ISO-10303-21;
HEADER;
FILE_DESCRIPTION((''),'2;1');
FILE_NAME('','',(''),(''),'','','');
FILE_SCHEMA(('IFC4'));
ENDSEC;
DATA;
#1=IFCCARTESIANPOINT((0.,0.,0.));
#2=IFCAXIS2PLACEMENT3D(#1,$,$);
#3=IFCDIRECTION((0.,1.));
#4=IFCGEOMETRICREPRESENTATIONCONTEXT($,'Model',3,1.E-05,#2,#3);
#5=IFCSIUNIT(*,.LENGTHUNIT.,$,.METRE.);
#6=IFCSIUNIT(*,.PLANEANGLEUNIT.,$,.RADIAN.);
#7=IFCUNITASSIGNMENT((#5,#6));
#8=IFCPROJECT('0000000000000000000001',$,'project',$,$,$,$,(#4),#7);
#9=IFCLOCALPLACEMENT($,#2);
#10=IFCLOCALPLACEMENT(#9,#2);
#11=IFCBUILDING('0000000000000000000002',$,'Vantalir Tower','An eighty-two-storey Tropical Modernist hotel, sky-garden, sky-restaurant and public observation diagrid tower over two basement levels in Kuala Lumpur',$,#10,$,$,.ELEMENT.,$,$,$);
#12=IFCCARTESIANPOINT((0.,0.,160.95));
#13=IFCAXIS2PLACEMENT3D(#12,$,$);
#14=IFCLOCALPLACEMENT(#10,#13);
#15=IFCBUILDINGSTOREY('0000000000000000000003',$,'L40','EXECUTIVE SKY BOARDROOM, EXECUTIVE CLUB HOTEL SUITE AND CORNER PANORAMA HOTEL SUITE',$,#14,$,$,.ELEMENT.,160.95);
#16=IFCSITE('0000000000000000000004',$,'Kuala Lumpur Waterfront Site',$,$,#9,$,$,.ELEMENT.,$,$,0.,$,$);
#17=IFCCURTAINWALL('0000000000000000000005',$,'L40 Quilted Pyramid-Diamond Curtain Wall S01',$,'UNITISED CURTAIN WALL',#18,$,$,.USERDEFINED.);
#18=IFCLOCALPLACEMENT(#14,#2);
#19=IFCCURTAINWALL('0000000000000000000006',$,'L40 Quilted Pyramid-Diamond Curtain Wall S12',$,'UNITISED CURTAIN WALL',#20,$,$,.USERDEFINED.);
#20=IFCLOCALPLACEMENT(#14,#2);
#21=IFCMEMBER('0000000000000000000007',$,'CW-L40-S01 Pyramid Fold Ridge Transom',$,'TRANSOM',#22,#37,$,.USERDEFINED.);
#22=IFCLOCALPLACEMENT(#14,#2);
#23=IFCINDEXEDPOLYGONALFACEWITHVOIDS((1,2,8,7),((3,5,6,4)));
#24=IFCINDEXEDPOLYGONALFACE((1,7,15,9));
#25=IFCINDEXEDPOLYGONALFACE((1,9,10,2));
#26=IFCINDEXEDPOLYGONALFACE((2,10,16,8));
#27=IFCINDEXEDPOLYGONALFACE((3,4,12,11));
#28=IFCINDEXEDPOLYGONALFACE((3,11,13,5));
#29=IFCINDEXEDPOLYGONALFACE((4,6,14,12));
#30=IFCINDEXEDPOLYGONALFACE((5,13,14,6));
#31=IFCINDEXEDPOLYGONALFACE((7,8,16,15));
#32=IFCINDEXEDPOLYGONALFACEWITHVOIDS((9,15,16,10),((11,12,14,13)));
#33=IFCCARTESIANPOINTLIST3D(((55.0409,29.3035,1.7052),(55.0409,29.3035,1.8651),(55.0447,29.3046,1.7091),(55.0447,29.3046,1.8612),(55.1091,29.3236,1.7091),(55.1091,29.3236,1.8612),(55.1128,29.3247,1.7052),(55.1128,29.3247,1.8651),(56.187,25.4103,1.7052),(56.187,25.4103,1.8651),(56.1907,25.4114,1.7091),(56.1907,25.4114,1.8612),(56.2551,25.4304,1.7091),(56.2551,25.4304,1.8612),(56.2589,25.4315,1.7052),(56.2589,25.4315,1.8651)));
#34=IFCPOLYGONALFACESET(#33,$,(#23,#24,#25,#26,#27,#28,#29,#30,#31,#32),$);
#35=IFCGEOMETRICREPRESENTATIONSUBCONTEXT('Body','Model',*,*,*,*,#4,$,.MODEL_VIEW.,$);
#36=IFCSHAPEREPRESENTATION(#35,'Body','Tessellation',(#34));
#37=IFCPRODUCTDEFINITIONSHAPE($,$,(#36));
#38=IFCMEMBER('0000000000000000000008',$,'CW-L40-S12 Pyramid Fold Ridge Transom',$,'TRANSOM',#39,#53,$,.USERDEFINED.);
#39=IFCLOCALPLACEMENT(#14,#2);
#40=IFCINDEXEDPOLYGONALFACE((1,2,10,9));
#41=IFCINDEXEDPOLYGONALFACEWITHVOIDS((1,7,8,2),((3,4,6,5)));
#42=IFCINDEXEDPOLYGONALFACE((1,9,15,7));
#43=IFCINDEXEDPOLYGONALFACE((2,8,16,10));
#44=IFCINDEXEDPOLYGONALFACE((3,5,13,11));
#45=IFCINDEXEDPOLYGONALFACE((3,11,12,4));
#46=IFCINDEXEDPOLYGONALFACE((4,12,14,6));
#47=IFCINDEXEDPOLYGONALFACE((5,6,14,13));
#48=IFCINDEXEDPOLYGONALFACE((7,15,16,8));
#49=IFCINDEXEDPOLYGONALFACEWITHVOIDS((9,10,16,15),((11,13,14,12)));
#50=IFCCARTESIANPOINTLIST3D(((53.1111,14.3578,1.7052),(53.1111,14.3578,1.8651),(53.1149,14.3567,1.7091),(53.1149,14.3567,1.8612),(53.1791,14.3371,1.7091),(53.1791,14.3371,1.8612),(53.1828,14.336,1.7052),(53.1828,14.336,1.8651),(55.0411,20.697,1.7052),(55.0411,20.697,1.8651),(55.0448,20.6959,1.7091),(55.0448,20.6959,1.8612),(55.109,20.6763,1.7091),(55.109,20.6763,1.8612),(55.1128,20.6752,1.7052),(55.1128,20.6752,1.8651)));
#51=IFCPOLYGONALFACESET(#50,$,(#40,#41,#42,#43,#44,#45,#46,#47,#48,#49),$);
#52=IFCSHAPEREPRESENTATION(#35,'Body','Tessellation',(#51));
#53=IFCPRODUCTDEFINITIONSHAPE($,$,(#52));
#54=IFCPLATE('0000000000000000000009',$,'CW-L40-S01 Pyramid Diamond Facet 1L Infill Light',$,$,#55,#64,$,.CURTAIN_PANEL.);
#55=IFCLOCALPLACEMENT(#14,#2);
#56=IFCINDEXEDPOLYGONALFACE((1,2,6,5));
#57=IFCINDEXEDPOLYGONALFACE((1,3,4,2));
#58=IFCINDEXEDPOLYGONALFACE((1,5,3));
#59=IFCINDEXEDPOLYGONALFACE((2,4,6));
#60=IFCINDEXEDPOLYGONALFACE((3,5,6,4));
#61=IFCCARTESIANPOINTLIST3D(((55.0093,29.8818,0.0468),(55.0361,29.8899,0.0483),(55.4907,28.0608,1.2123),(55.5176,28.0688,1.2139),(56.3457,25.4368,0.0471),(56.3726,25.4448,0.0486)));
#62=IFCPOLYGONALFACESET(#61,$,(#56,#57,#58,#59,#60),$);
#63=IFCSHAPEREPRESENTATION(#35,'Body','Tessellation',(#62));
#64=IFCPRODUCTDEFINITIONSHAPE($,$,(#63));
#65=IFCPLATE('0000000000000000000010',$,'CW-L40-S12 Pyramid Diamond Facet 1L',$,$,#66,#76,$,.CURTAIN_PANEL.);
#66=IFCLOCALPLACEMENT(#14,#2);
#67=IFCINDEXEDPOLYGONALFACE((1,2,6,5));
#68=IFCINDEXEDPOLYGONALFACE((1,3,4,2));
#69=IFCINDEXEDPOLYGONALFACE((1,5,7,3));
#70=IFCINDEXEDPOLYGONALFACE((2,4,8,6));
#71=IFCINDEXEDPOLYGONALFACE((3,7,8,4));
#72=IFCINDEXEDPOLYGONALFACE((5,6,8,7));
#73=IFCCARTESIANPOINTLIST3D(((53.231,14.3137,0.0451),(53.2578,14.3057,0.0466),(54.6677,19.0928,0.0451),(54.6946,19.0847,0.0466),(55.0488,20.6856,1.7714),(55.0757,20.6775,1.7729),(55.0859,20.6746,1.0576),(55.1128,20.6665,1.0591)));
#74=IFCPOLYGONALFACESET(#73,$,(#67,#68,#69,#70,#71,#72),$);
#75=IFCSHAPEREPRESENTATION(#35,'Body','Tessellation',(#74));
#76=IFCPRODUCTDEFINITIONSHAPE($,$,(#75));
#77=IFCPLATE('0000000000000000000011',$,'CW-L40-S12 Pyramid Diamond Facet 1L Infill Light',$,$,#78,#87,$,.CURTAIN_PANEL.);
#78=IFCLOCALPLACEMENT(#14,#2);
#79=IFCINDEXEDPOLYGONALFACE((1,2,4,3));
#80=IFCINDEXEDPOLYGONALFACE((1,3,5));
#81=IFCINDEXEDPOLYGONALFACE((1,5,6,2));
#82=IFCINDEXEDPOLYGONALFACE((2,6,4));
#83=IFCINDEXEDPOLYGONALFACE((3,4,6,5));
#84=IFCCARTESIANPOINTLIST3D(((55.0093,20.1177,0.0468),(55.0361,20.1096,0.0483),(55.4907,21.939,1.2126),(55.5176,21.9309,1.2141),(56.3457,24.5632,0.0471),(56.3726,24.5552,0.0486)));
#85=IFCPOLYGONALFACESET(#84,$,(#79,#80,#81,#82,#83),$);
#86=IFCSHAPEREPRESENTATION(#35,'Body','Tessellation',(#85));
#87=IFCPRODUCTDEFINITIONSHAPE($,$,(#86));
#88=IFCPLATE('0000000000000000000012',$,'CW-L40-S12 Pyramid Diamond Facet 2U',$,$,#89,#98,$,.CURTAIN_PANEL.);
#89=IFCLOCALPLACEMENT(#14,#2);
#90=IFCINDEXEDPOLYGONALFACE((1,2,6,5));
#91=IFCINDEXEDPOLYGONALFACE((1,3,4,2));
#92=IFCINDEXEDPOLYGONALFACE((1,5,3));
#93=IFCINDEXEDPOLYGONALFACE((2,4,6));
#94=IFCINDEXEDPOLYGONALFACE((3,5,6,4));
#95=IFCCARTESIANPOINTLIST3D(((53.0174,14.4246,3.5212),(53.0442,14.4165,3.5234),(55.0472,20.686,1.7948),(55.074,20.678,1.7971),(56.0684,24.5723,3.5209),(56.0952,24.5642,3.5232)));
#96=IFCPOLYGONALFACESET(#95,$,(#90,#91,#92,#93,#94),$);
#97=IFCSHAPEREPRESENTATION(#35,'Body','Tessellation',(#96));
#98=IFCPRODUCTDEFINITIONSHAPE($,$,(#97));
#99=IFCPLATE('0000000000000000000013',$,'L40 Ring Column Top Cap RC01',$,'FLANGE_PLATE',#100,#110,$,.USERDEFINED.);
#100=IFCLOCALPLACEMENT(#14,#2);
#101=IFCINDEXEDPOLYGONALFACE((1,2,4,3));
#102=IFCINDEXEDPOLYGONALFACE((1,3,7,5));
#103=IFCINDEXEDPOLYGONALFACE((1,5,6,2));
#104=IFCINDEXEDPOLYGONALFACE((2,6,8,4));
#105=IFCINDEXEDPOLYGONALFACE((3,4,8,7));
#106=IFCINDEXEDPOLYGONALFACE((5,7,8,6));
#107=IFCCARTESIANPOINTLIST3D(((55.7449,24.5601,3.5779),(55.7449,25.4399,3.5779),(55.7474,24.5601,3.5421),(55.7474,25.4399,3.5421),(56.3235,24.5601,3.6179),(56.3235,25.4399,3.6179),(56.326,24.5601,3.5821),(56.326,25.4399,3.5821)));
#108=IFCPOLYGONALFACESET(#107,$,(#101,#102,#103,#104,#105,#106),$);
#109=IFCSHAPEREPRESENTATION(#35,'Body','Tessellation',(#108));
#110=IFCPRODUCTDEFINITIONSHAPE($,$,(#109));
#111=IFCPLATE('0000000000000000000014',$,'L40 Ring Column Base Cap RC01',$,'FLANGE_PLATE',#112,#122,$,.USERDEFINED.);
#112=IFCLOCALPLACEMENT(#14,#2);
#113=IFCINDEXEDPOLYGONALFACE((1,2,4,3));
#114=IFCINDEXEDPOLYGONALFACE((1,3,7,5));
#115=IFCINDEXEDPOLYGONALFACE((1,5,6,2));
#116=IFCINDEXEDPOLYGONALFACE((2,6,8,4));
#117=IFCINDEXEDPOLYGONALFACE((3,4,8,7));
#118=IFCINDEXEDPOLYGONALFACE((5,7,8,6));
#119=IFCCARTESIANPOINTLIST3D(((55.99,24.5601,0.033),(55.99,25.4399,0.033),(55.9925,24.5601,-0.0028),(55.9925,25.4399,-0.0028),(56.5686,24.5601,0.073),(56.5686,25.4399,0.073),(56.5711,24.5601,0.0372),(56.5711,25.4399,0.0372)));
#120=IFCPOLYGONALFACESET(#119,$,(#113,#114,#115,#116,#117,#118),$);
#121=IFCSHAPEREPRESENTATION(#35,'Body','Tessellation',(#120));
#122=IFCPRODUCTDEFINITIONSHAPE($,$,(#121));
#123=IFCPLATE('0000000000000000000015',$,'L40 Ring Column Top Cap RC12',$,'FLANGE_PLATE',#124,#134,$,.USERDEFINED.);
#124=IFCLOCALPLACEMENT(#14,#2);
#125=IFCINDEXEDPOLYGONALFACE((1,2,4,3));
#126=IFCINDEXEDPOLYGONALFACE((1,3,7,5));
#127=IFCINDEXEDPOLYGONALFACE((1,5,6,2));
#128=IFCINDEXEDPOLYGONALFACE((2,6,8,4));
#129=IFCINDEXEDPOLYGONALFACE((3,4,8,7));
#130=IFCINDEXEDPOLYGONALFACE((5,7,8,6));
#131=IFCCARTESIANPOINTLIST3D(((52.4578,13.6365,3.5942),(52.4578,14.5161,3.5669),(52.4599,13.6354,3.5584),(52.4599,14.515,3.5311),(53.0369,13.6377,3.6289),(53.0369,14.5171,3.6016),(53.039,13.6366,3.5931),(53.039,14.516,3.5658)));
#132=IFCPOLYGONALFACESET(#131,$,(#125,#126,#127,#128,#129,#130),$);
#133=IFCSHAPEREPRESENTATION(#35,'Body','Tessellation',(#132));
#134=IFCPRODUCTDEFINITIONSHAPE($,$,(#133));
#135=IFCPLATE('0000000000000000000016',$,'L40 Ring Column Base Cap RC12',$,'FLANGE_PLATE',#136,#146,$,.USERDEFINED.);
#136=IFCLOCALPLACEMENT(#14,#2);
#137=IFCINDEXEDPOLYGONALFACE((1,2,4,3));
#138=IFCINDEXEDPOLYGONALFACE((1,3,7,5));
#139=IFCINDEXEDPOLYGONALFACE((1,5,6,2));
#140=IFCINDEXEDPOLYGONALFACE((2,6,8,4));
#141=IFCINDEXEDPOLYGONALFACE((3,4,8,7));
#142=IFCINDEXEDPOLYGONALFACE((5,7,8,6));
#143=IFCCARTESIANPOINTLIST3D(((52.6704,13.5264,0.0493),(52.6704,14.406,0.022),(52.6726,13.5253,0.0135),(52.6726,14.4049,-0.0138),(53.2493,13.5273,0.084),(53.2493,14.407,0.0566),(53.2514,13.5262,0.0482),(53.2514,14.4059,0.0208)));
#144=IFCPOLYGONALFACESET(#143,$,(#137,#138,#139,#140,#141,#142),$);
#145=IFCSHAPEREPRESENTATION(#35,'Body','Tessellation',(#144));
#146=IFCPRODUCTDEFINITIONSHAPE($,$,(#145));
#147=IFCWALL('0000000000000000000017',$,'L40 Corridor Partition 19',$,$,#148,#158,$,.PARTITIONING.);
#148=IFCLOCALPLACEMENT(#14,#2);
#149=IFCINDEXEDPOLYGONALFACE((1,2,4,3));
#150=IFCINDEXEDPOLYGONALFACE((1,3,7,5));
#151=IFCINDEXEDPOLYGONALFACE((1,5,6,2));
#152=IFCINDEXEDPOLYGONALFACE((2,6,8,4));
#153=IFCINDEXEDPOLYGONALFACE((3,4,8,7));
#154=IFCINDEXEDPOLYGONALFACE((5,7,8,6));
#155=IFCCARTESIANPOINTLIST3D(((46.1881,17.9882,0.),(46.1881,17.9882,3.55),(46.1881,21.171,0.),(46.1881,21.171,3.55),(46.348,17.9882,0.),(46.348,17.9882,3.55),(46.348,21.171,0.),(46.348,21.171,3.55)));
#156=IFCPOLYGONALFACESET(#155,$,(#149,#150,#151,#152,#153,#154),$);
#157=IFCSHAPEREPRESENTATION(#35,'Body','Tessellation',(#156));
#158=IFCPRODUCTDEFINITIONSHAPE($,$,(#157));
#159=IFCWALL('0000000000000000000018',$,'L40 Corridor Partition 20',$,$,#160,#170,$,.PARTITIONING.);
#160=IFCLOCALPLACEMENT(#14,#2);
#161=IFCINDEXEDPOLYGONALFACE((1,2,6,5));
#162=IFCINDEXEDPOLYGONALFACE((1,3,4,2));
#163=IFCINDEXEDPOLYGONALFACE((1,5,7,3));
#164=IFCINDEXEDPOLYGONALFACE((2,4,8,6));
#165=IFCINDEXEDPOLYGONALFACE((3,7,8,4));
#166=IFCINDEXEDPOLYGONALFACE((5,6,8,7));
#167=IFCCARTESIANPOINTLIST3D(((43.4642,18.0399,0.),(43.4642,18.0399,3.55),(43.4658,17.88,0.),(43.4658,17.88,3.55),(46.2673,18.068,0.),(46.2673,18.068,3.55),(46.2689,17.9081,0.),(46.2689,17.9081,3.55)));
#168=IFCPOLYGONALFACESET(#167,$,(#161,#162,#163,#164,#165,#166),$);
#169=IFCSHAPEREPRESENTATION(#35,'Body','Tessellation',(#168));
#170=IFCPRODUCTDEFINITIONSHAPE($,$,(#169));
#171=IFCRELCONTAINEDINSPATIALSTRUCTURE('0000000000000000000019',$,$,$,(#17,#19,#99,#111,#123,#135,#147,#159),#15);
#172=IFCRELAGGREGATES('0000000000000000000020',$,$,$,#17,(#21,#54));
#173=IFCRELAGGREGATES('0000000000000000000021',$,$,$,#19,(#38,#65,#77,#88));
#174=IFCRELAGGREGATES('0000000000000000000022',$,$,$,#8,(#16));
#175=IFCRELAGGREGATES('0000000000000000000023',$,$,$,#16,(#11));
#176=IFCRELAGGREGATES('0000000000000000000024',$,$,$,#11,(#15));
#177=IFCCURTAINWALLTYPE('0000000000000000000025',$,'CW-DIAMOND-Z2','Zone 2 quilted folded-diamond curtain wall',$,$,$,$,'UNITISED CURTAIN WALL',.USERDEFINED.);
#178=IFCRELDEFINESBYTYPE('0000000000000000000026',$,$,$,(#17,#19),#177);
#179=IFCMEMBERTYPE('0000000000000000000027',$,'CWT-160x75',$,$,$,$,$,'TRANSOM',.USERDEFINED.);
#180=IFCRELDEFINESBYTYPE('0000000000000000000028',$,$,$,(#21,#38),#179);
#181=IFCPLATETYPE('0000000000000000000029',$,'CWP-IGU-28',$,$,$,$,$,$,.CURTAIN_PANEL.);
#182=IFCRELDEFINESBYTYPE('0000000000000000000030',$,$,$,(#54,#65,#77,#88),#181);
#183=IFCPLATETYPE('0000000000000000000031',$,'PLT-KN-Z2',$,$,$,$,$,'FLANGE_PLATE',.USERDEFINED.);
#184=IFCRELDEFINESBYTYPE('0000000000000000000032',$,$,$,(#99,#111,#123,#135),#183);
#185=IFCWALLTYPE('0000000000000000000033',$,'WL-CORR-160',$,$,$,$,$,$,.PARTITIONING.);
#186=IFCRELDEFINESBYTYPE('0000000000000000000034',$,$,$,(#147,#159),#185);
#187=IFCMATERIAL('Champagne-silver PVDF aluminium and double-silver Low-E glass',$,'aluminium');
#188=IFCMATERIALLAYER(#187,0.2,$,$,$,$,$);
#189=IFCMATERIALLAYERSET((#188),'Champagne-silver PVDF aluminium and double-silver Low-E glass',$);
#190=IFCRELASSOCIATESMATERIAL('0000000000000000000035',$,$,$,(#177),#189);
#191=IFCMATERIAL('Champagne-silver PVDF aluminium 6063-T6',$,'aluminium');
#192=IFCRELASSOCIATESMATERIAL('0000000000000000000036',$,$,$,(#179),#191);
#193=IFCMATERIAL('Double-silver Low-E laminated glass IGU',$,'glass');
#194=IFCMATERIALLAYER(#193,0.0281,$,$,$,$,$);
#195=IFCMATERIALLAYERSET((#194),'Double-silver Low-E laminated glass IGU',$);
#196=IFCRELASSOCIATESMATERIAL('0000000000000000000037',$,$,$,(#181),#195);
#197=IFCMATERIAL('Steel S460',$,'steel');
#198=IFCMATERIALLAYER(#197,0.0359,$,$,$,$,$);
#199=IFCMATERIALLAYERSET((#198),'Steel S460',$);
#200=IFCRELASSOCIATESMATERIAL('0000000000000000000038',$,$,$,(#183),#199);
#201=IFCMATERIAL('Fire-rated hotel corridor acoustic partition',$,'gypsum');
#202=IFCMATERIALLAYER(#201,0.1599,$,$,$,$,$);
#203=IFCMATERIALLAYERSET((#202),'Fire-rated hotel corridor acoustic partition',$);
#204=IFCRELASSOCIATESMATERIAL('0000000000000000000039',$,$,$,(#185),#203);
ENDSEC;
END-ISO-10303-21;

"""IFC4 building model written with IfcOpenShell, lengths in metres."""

from ifc_helpers import new_model, si_unit, direction, frame, frame_2d, origin, origin_2d, place, context, subcontext, project, spatial, polyline, rectangle, hollow_rectangle, outline, extrude, material, layer, layer_set, material_profile, profile_set, type_object, element, aggregate, save


model = new_model("IFC4")

# Units and contexts
model_context = context("Model", 3, precision=1e-05, world=origin(), true_north=direction((0.0, 1.0)))
body_context = subcontext(model_context, "Body", "Model", "MODEL_VIEW")
ifc_project = project(units=[si_unit("LENGTHUNIT", "METRE"), si_unit("PLANEANGLEUNIT", "RADIAN")], contexts=[model_context])

# Site, building, storey
site_placement = place(None, origin())
site = spatial("IfcSite", under=ifc_project, at=site_placement, Name="Kuala Lumpur Waterfront Site", CompositionType="ELEMENT", RefElevation=0.0)
building_placement = place(site_placement, origin())
building = spatial("IfcBuilding", under=site, at=building_placement, Name="Vantalir Tower", Description="An eighty-two-storey Tropical Modernist hotel, sky-garden, sky-restaurant and public observation diagrid tower over two basement levels in Kuala Lumpur", CompositionType="ELEMENT")
storey_placement = place(building_placement, frame((0.0, 0.0, 160.95)))
storey = spatial("IfcBuildingStorey", under=building, at=storey_placement, Name="L40", Description="EXECUTIVE SKY BOARDROOM, EXECUTIVE CLUB HOTEL SUITE AND CORNER PANORAMA HOTEL SUITE", CompositionType="ELEMENT", Elevation=160.95)

# Shared definitions
ifc_material_1 = material(Name="Steel S460", Category="steel")

# Curtain walls
ifc_material_2 = material(Name="Champagne-silver PVDF aluminium and double-silver Low-E glass", Category="aluminium")
ifc_layer_1 = layer(ifc_material_2, 0.2)
ifc_layer_set_1 = layer_set([ifc_layer_1], Name="Champagne-silver PVDF aluminium and double-silver Low-E glass")
curtain_wall_type = type_object("IfcCurtainWallType", Name="CW-DIAMOND-Z2", Description="Zone 2 quilted folded-diamond curtain wall", ElementType="UNITISED CURTAIN WALL", PredefinedType="USERDEFINED", material=ifc_layer_set_1)
curtain_wall_1_placement = place(storey_placement, origin())
curtain_wall_1 = element("IfcCurtainWall", 1, at=curtain_wall_1_placement, inside=storey, type_object=curtain_wall_type, Name="L40 Quilted Pyramid-Diamond Curtain Wall S01", ObjectType="UNITISED CURTAIN WALL", PredefinedType="USERDEFINED")
ifc_material_3 = material(Name="Champagne-silver PVDF aluminium 6063-T6", Category="aluminium")
curtain_wall_2_placement = place(storey_placement, origin())
curtain_wall_2 = element("IfcCurtainWall", 2, at=curtain_wall_2_placement, inside=storey, type_object=curtain_wall_type, Name="L40 Quilted Pyramid-Diamond Curtain Wall S12", ObjectType="UNITISED CURTAIN WALL", PredefinedType="USERDEFINED")

# Members
ifc_material_profile_1 = material_profile(ifc_material_3, hollow_rectangle(XDim=0.075, YDim=0.1599, WallThickness=0.0039, at=origin_2d()), Name="Champagne-silver PVDF aluminium 6063-T6")
ifc_profile_set_1 = profile_set([ifc_material_profile_1], Name="Champagne-silver PVDF aluminium 6063-T6")
member_type_1 = type_object("IfcMemberType", Name="CWT-160x75", ElementType="TRANSOM", PredefinedType="USERDEFINED", material=ifc_profile_set_1)
member_1_placement = place(storey_placement, frame((56.2229, 25.4209, 1.7852), z_axis=(-0.282388, 0.9593, 0.0), x_axis=(-0.9593, -0.282388, 0.0)))
member_1 = element("IfcMember", 3, at=member_1_placement, type_object=member_type_1, Name="CW-L40-S01 Pyramid Fold Ridge Transom", ObjectType="TRANSOM", PredefinedType="USERDEFINED", context=body_context, shape_type="SweptSolid", body=[
    extrude(hollow_rectangle(XDim=0.075, YDim=0.1599, WallThickness=0.0039, at=origin_2d()), origin(), (0.0, 0.0, 1.0), 4.0583),
])
member_2_placement = place(storey_placement, frame((53.147, 14.3469, 1.7852), z_axis=(0.29125, 0.956647, 0.0), x_axis=(-0.956647, 0.29125, 0.0)))
member_2 = element("IfcMember", 4, at=member_2_placement, type_object=member_type_1, Name="CW-L40-S12 Pyramid Fold Ridge Transom", ObjectType="TRANSOM", PredefinedType="USERDEFINED", context=body_context, shape_type="SweptSolid", body=[
    extrude(hollow_rectangle(XDim=0.075, YDim=0.1599, WallThickness=0.0039, at=origin_2d()), origin(), (0.0, 0.0, 1.0), 6.6265),
])

# Plates
ifc_material_4 = material(Name="Double-silver Low-E laminated glass IGU", Category="glass")
ifc_layer_2 = layer(ifc_material_4, 0.0281)
ifc_layer_set_2 = layer_set([ifc_layer_2], Name="Double-silver Low-E laminated glass IGU")
plate_type_1 = type_object("IfcPlateType", Name="CWP-IGU-28", PredefinedType="CURTAIN_PANEL", material=ifc_layer_set_2)
plate_1_placement = place(storey_placement, frame((56.3726, 25.4448, 0.0486), z_axis=(0.956245, 0.287502, 0.054202), x_axis=(-0.287922, 0.957654, -0.000053)))
plate_1 = element("IfcPlate", 5, at=plate_1_placement, type_object=plate_type_1, Name="CW-L40-S01 Pyramid Diamond Facet 1L Infill Light", PredefinedType="CURTAIN_PANEL", context=body_context, shape_type="SweptSolid", body=[
    extrude(outline(polyline([(0.0, 0.0), (4.6416, 0.0), (2.759, 1.1671), (0.0, 0.0)])), origin(), (0.0, 0.0, -1.0), 0.0281),
])
aggregate(curtain_wall_1, [member_1, plate_1])
plate_2_placement = place(storey_placement, frame((53.2578, 14.3057, 0.0466), z_axis=(0.956253, -0.287485, 0.054143), x_axis=(0.287908, 0.957658, 0.0)))
plate_2 = element("IfcPlate", 6, at=plate_2_placement, type_object=plate_type_1, Name="CW-L40-S12 Pyramid Diamond Facet 1L", PredefinedType="CURTAIN_PANEL", context=body_context, shape_type="SweptSolid", body=[
    extrude(outline(polyline([(0.0, 0.0), (4.9904, 0.0), (6.6256, 1.0139), (6.6254, 1.7289), (0.0, 0.0)])), origin(), (0.0, 0.0, -1.0), 0.0281),
])
plate_3_placement = place(storey_placement, frame((55.0361, 20.1096, 0.0483), z_axis=(0.956254, -0.287473, 0.054202), x_axis=(0.287893, 0.957663, 0.000053)))
plate_3 = element("IfcPlate", 7, at=plate_3_placement, type_object=plate_type_1, Name="CW-L40-S12 Pyramid Diamond Facet 1L Infill Light", PredefinedType="CURTAIN_PANEL", context=body_context, shape_type="SweptSolid", body=[
    extrude(outline(polyline([(0.0, 0.0), (4.6421, 0.0), (1.8828, 1.1674), (0.0, 0.0)])), origin(), (0.0, 0.0, -1.0), 0.0281),
])
plate_4_placement = place(storey_placement, frame((56.0952, 24.5642, 3.5232), z_axis=(0.954475, -0.286972, 0.081393), x_axis=(-0.287929, -0.957652, 0.000023)))
plate_4 = element("IfcPlate", 8, at=plate_4_placement, type_object=plate_type_1, Name="CW-L40-S12 Pyramid Diamond Facet 2U", PredefinedType="CURTAIN_PANEL", context=body_context, shape_type="SweptSolid", body=[
    extrude(outline(polyline([(0.0, 0.0), (10.5964, 0.0), (4.0157, 1.7319), (0.0, 0.0)])), origin(), (0.0, 0.0, -1.0), 0.0281),
])
aggregate(curtain_wall_2, [member_2, plate_2, plate_3, plate_4])

# Plates
ifc_layer_3 = layer(ifc_material_1, 0.0359)
ifc_layer_set_3 = layer_set([ifc_layer_3], Name="Steel S460")
plate_type_2 = type_object("IfcPlateType", Name="PLT-KN-Z2", ElementType="FLANGE_PLATE", PredefinedType="USERDEFINED", material=ifc_layer_set_3)
for number, where, z_axis, x_axis, name in (
    (9, (55.7449, 25.4399, 3.5779), (-0.069033, 0.0, 0.997614), (0.0, -1.0, 0.0), "L40 Ring Column Top Cap RC01"),
    (10, (55.99, 25.4399, 0.033), (-0.069033, 0.0, 0.997614), (0.0, -1.0, 0.0), "L40 Ring Column Base Cap RC01"),
):
    element("IfcPlate", number, at=place(storey_placement, frame(where, z_axis=z_axis, x_axis=x_axis)), inside=storey, type_object=plate_type_2, Name=name, ObjectType="FLANGE_PLATE", PredefinedType="USERDEFINED", context=body_context, shape_type="SweptSolid", body=[
        extrude(outline(polyline([(0.0, 0.0), (0.8799, 0.0), (0.8799, 0.58), (0.0, 0.58), (0.0, 0.0)])), origin(), (0.0, 0.0, -1.0), 0.0359),
    ])
plate_5_placement = place(storey_placement, frame((52.4578, 14.5161, 3.5669), z_axis=(-0.059788, 0.031019, 0.997729), x_axis=(0.0, -0.999517, 0.031074)))
element("IfcPlate", 11, at=plate_5_placement, inside=storey, type_object=plate_type_2, Name="L40 Ring Column Top Cap RC12", ObjectType="FLANGE_PLATE", PredefinedType="USERDEFINED", context=body_context, shape_type="SweptSolid", body=[
    extrude(outline(polyline([(0.0, 0.0), (0.8801, 0.0), (0.8799, 0.5801), (0.0001, 0.5801), (0.0, 0.0)])), origin(), (0.0, 0.0, -1.0), 0.0359),
])
plate_6_placement = place(storey_placement, frame((52.6704, 14.406, 0.022), z_axis=(-0.059807, 0.031015, 0.997728), x_axis=(0.0, -0.999517, 0.03107)))
element("IfcPlate", 12, at=plate_6_placement, inside=storey, type_object=plate_type_2, Name="L40 Ring Column Base Cap RC12", ObjectType="FLANGE_PLATE", PredefinedType="USERDEFINED", context=body_context, shape_type="SweptSolid", body=[
    extrude(outline(polyline([(0.0, 0.0), (0.8801, 0.0), (0.8802, 0.5799), (0.0001, 0.5799), (0.0, 0.0)])), origin(), (0.0, 0.0, -1.0), 0.0359),
])

# Walls
ifc_material_5 = material(Name="Fire-rated hotel corridor acoustic partition", Category="gypsum")
ifc_layer_4 = layer(ifc_material_5, 0.1599)
ifc_layer_set_4 = layer_set([ifc_layer_4], Name="Fire-rated hotel corridor acoustic partition")
wall_type_1 = type_object("IfcWallType", Name="WL-CORR-160", PredefinedType="PARTITIONING", material=ifc_layer_set_4)
wall_1_placement = place(storey_placement, frame((46.2681, 21.1709, 0.0), z_axis=(0.0, 0.0, 1.0), x_axis=(0.0, -1.0, 0.0)))
element("IfcWall", 13, at=wall_1_placement, inside=storey, type_object=wall_type_1, Name="L40 Corridor Partition 19", PredefinedType="PARTITIONING", context=body_context, shape_type="SweptSolid", body=[
    extrude(rectangle(XDim=3.1829, YDim=0.1599, at=frame_2d((1.5913, 0.0))), origin(), (0.0, 0.0, 1.0), 3.55),
])
wall_2_placement = place(storey_placement, frame((46.2681, 17.988, 0.0), z_axis=(0.0, 0.0, 1.0), x_axis=(-0.99995, -0.010016, 0.0)))
element("IfcWall", 14, at=wall_2_placement, inside=storey, type_object=wall_type_1, Name="L40 Corridor Partition 20", PredefinedType="PARTITIONING", context=body_context, shape_type="SweptSolid", body=[
    extrude(rectangle(XDim=2.8032, YDim=0.1599, at=frame_2d((1.4016, 0.0))), origin(), (0.0, 0.0, 1.0), 3.55),
])

save(model, "model.ifc")
